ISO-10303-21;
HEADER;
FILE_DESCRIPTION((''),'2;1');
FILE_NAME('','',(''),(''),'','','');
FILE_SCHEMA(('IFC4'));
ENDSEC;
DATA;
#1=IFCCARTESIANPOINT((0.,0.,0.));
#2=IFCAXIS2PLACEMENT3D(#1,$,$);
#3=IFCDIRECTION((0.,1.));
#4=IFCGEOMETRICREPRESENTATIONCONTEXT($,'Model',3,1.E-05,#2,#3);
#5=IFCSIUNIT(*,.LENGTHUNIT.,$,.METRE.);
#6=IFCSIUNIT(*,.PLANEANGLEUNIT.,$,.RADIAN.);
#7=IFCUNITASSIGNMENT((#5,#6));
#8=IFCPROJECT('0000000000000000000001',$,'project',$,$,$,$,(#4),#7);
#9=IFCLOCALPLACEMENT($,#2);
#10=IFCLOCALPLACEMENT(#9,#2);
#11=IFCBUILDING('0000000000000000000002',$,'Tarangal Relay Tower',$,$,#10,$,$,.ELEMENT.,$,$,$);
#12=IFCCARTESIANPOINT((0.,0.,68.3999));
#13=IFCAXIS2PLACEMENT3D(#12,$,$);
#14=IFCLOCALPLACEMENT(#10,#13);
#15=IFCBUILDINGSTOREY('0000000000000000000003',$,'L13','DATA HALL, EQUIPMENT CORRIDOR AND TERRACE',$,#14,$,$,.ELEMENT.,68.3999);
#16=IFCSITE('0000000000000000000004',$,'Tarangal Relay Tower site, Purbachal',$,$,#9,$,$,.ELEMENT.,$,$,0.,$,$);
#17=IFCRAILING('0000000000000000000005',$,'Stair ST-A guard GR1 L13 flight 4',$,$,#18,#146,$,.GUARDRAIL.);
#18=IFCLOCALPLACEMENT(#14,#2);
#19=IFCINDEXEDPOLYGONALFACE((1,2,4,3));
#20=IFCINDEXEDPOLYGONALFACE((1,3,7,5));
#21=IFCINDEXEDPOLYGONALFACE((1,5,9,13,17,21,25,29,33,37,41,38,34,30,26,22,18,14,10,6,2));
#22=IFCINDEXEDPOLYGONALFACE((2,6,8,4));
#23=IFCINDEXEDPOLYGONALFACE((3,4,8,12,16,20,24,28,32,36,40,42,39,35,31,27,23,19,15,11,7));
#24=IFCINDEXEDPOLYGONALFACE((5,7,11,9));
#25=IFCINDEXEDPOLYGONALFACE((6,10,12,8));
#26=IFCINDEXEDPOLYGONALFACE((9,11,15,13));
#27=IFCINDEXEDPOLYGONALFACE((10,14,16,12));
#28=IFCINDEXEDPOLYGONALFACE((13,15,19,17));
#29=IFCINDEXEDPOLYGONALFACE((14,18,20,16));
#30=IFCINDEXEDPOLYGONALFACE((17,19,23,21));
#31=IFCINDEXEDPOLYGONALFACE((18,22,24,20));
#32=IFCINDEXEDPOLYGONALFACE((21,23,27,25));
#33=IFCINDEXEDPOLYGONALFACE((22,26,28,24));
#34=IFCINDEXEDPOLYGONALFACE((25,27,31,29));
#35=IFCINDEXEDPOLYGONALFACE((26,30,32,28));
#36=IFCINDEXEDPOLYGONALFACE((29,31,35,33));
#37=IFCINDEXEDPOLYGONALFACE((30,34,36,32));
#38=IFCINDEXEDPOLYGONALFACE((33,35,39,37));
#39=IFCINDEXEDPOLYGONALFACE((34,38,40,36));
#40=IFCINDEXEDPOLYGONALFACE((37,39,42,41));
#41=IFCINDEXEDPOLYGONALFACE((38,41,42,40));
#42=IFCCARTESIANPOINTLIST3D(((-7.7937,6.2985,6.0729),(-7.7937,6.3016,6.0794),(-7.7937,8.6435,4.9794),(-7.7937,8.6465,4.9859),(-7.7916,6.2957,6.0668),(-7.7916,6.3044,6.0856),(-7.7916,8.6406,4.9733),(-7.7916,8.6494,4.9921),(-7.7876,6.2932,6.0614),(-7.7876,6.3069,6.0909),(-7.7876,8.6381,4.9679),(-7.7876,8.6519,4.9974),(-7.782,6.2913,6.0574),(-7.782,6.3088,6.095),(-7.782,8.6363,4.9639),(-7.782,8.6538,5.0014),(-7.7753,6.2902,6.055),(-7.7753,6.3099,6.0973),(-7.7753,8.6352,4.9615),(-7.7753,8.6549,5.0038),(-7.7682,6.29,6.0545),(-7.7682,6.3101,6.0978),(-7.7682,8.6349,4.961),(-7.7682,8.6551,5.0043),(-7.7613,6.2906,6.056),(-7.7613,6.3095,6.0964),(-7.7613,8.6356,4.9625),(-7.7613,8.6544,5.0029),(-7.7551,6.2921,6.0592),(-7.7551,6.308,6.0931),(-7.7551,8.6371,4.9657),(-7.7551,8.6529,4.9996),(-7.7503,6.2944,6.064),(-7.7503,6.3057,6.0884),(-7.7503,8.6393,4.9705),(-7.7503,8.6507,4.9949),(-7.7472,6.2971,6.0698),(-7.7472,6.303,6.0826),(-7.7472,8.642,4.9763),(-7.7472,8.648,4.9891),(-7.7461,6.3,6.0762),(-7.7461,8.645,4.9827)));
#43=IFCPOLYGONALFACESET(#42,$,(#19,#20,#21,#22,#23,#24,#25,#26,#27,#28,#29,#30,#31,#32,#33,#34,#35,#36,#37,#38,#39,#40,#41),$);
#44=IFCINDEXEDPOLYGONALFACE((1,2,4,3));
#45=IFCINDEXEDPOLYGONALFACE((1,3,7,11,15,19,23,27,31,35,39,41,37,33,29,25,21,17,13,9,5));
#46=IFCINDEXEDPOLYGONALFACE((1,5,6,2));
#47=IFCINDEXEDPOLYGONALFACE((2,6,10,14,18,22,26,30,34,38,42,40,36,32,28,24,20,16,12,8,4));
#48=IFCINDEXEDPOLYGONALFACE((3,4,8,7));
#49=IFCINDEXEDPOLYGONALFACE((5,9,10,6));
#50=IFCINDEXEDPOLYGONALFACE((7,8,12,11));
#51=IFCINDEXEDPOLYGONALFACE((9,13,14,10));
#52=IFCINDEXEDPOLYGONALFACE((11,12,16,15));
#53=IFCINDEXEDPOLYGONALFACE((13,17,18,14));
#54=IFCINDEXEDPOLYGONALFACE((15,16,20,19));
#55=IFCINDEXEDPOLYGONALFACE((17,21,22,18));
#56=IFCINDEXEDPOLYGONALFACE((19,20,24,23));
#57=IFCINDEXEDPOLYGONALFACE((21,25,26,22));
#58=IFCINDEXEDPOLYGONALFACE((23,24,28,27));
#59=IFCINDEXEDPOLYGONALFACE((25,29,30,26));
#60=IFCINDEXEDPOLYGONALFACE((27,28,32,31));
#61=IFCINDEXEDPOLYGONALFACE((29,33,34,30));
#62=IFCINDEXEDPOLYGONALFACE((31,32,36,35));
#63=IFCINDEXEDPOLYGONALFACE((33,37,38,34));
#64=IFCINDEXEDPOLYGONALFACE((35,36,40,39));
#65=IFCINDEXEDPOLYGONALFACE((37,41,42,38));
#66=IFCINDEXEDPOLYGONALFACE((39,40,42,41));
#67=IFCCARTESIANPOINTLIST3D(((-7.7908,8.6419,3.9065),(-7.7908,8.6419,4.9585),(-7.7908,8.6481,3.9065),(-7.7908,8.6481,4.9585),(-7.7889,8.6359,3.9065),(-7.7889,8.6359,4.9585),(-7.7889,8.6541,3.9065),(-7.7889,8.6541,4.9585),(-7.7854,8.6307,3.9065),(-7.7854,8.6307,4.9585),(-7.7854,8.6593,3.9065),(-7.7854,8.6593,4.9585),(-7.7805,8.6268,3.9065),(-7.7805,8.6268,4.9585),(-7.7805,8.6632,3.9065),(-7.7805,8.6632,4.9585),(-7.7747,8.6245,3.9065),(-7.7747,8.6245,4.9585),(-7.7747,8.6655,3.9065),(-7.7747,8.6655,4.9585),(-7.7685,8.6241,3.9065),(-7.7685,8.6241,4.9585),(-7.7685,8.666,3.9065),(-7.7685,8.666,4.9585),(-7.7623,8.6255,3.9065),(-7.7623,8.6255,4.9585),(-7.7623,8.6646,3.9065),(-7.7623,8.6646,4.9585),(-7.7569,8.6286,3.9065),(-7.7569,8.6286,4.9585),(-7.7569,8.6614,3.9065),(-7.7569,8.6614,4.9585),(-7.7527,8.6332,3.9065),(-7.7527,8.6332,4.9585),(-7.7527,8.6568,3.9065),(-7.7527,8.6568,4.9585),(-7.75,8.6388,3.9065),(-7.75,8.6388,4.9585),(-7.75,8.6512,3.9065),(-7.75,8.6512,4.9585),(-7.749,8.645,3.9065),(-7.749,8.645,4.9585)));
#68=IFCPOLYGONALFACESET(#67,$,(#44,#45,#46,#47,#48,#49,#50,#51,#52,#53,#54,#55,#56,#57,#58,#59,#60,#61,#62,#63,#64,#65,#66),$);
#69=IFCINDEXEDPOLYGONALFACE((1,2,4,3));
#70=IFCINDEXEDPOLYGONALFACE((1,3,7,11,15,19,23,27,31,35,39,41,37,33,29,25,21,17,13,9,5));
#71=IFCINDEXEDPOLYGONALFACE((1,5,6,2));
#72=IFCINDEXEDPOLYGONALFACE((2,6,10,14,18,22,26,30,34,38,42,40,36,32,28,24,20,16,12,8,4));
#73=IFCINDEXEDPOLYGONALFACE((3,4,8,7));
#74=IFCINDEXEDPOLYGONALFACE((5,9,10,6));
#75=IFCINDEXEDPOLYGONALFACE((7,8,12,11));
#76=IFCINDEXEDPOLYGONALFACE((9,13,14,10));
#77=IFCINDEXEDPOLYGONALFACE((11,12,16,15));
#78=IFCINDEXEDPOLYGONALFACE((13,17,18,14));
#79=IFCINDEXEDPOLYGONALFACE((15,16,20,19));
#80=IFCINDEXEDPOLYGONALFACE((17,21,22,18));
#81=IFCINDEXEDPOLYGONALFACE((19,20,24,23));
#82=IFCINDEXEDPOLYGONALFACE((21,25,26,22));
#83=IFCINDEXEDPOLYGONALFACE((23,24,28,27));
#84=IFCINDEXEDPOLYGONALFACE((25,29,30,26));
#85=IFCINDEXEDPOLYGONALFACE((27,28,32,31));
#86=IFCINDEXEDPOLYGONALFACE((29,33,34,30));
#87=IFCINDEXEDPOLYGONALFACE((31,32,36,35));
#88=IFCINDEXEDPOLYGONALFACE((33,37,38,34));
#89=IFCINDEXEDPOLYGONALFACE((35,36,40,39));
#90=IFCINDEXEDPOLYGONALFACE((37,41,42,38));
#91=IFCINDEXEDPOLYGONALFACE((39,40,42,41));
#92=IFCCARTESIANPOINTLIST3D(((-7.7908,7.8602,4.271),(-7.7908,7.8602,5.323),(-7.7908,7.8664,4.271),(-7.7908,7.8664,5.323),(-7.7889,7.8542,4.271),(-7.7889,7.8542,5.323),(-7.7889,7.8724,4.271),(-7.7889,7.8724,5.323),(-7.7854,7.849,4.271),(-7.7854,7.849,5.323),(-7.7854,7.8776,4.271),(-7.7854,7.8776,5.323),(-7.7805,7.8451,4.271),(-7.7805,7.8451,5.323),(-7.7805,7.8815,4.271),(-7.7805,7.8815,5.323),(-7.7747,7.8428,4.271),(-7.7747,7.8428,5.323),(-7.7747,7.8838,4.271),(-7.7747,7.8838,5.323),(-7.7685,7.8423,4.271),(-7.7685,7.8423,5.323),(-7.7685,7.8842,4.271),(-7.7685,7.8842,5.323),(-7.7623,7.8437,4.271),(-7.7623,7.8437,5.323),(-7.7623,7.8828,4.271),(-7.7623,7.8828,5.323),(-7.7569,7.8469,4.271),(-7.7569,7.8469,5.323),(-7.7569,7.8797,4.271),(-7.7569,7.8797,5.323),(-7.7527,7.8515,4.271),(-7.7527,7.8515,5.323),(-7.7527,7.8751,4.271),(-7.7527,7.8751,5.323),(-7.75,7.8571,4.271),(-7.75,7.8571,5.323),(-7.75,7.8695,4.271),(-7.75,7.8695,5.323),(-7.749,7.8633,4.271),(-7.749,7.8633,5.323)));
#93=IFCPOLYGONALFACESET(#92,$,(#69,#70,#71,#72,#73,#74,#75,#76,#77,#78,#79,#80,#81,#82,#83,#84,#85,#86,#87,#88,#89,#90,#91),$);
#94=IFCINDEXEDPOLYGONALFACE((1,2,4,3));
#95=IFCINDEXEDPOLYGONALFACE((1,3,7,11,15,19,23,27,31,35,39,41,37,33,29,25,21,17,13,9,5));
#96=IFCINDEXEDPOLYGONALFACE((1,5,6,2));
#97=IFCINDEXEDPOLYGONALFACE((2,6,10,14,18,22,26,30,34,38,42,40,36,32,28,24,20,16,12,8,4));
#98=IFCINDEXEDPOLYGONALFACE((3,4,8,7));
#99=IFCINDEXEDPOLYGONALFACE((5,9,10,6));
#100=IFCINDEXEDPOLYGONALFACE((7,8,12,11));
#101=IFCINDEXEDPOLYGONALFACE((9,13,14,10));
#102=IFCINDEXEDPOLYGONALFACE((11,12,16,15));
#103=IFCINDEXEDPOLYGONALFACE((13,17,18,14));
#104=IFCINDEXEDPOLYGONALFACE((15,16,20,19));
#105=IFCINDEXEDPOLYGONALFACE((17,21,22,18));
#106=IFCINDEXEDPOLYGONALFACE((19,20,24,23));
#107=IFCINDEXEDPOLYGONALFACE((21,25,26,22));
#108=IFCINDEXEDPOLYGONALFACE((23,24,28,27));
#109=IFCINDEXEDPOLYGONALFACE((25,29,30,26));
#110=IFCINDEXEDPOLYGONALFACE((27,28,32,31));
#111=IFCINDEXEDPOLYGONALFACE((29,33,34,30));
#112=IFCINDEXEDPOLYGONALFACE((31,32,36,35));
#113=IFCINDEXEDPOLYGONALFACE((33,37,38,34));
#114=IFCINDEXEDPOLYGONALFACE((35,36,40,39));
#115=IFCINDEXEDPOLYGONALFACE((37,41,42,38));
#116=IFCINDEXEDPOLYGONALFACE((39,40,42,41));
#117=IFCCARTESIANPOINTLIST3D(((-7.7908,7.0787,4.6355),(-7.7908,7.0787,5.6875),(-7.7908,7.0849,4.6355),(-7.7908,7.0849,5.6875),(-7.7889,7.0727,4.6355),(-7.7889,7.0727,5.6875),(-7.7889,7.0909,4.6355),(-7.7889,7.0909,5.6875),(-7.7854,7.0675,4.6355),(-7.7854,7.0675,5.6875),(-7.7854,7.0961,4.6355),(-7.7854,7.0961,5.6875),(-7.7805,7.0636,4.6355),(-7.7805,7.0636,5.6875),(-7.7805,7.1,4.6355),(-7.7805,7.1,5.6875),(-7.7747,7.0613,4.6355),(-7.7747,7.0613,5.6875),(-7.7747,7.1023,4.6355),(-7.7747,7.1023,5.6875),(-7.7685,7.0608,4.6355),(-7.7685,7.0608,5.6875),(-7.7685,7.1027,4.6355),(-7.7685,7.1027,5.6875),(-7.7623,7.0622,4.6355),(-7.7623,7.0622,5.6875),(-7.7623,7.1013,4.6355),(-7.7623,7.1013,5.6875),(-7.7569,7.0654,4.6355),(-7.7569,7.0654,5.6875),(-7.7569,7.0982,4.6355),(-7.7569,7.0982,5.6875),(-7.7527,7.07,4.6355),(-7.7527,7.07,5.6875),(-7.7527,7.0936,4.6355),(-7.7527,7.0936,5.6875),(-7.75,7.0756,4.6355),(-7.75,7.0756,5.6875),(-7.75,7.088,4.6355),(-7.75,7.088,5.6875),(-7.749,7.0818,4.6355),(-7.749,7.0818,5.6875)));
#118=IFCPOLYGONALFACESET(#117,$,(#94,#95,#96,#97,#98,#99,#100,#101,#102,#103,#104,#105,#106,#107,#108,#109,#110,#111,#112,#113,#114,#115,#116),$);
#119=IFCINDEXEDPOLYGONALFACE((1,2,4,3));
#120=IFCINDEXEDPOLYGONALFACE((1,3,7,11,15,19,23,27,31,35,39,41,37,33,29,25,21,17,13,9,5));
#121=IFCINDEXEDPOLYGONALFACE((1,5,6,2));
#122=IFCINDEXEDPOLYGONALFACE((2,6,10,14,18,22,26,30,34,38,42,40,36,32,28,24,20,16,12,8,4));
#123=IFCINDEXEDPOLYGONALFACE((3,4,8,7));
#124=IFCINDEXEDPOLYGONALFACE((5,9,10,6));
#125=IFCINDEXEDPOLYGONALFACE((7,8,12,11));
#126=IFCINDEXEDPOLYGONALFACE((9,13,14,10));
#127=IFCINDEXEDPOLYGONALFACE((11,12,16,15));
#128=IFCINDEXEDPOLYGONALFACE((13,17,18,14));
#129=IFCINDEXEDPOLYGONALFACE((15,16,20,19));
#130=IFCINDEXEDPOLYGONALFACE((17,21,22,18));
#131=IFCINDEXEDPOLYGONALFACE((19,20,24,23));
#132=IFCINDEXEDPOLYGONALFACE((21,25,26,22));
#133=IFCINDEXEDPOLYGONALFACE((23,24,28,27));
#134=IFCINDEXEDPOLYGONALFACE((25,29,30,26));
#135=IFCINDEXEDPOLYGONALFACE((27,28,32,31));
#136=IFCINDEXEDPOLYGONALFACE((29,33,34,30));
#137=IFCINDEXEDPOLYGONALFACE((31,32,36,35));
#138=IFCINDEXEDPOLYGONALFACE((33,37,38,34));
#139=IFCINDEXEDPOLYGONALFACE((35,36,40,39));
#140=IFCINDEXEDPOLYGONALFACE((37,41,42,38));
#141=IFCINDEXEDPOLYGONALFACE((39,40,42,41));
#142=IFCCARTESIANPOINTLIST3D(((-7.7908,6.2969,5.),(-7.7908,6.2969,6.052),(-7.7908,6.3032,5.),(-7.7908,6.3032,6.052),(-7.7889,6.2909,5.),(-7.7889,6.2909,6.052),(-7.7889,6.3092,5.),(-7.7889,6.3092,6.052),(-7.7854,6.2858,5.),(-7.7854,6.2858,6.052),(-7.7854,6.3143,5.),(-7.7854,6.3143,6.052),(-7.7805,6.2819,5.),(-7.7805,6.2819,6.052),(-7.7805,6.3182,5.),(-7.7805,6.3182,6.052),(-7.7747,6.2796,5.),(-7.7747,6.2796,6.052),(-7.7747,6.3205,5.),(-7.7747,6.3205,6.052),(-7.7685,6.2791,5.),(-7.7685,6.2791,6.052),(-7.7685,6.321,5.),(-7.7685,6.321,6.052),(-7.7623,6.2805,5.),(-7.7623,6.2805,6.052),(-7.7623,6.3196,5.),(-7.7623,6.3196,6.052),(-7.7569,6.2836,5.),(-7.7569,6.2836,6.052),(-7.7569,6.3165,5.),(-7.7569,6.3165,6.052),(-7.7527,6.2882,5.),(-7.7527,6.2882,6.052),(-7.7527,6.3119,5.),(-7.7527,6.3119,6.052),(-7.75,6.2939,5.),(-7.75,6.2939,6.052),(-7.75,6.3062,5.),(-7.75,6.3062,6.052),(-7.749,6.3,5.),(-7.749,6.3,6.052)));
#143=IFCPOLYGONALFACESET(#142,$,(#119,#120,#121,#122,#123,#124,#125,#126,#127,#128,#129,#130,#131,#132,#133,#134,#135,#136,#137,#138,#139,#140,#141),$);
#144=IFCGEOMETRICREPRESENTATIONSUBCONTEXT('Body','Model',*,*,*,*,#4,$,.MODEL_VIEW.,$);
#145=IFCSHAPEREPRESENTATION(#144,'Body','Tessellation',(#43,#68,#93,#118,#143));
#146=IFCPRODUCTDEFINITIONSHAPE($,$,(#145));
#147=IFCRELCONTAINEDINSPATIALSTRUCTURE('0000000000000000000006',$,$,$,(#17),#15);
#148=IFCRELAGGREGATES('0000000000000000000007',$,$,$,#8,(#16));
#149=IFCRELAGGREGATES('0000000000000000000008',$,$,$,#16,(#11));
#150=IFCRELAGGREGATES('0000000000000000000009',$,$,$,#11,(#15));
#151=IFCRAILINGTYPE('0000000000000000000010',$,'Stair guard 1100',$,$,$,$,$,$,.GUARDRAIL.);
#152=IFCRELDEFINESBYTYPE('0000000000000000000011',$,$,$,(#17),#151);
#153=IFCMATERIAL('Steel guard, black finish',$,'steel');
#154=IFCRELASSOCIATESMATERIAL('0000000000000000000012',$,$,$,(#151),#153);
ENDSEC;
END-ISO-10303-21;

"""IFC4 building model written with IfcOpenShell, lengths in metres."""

from ifc_helpers import new_model, si_unit, direction, frame, origin, origin_2d, place, context, subcontext, project, spatial, circle, extrude, material, type_object, element, save


model = new_model("IFC4")

# Units and contexts
model_context = context("Model", 3, precision=1e-05, world=origin(), true_north=direction((0.0, 1.0)))
body_context = subcontext(model_context, "Body", "Model", "MODEL_VIEW")
ifc_project = project(units=[si_unit("LENGTHUNIT", "METRE"), si_unit("PLANEANGLEUNIT", "RADIAN")], contexts=[model_context])

# Site, building, storey
site_placement = place(None, origin())
site = spatial("IfcSite", under=ifc_project, at=site_placement, Name="Tarangal Relay Tower site, Purbachal", CompositionType="ELEMENT", RefElevation=0.0)
building_placement = place(site_placement, origin())
building = spatial("IfcBuilding", under=site, at=building_placement, Name="Tarangal Relay Tower", CompositionType="ELEMENT")
storey_placement = place(building_placement, frame((0.0, 0.0, 68.3999)))
storey = spatial("IfcBuildingStorey", under=building, at=storey_placement, Name="L13", Description="DATA HALL, EQUIPMENT CORRIDOR AND TERRACE", CompositionType="ELEMENT", Elevation=68.3999)

# Railing
ifc_material_1 = material(Name="Steel guard, black finish", Category="steel")
railing_type_1 = type_object("IfcRailingType", Name="Stair guard 1100", PredefinedType="GUARDRAIL", material=ifc_material_1)
for number, where, name in (
    (1, (-7.77, 8.645, 3.9065), "Stair ST-A guard GR1 L13 flight 4"),
):
    element("IfcRailing", number, at=place(storey_placement, frame(where)), inside=storey, type_object=railing_type_1, Name=name, PredefinedType="GUARDRAIL", context=body_context, shape_type="SweptSolid", body=[
        extrude(circle(Radius=0.0239, at=origin_2d()), frame((0.0, 0.0, 1.0762), z_axis=(0.0, -0.906304, 0.422627), x_axis=(1.0, 0.0, 0.0)), (0.0, 0.0, 1.0), 2.5874),
        extrude(circle(Radius=0.021, at=origin_2d()), origin(), (0.0, 0.0, 1.0), 1.052),
        extrude(circle(Radius=0.021, at=origin_2d()), frame((0.0, -0.7817, 0.3645)), (0.0, 0.0, 1.0), 1.052),
        extrude(circle(Radius=0.021, at=origin_2d()), frame((0.0, -1.5632, 0.729)), (0.0, 0.0, 1.0), 1.052),
        extrude(circle(Radius=0.021, at=origin_2d()), frame((0.0, -2.345, 1.0935)), (0.0, 0.0, 1.0), 1.052),
    ])

save(model, "model.ifc")
